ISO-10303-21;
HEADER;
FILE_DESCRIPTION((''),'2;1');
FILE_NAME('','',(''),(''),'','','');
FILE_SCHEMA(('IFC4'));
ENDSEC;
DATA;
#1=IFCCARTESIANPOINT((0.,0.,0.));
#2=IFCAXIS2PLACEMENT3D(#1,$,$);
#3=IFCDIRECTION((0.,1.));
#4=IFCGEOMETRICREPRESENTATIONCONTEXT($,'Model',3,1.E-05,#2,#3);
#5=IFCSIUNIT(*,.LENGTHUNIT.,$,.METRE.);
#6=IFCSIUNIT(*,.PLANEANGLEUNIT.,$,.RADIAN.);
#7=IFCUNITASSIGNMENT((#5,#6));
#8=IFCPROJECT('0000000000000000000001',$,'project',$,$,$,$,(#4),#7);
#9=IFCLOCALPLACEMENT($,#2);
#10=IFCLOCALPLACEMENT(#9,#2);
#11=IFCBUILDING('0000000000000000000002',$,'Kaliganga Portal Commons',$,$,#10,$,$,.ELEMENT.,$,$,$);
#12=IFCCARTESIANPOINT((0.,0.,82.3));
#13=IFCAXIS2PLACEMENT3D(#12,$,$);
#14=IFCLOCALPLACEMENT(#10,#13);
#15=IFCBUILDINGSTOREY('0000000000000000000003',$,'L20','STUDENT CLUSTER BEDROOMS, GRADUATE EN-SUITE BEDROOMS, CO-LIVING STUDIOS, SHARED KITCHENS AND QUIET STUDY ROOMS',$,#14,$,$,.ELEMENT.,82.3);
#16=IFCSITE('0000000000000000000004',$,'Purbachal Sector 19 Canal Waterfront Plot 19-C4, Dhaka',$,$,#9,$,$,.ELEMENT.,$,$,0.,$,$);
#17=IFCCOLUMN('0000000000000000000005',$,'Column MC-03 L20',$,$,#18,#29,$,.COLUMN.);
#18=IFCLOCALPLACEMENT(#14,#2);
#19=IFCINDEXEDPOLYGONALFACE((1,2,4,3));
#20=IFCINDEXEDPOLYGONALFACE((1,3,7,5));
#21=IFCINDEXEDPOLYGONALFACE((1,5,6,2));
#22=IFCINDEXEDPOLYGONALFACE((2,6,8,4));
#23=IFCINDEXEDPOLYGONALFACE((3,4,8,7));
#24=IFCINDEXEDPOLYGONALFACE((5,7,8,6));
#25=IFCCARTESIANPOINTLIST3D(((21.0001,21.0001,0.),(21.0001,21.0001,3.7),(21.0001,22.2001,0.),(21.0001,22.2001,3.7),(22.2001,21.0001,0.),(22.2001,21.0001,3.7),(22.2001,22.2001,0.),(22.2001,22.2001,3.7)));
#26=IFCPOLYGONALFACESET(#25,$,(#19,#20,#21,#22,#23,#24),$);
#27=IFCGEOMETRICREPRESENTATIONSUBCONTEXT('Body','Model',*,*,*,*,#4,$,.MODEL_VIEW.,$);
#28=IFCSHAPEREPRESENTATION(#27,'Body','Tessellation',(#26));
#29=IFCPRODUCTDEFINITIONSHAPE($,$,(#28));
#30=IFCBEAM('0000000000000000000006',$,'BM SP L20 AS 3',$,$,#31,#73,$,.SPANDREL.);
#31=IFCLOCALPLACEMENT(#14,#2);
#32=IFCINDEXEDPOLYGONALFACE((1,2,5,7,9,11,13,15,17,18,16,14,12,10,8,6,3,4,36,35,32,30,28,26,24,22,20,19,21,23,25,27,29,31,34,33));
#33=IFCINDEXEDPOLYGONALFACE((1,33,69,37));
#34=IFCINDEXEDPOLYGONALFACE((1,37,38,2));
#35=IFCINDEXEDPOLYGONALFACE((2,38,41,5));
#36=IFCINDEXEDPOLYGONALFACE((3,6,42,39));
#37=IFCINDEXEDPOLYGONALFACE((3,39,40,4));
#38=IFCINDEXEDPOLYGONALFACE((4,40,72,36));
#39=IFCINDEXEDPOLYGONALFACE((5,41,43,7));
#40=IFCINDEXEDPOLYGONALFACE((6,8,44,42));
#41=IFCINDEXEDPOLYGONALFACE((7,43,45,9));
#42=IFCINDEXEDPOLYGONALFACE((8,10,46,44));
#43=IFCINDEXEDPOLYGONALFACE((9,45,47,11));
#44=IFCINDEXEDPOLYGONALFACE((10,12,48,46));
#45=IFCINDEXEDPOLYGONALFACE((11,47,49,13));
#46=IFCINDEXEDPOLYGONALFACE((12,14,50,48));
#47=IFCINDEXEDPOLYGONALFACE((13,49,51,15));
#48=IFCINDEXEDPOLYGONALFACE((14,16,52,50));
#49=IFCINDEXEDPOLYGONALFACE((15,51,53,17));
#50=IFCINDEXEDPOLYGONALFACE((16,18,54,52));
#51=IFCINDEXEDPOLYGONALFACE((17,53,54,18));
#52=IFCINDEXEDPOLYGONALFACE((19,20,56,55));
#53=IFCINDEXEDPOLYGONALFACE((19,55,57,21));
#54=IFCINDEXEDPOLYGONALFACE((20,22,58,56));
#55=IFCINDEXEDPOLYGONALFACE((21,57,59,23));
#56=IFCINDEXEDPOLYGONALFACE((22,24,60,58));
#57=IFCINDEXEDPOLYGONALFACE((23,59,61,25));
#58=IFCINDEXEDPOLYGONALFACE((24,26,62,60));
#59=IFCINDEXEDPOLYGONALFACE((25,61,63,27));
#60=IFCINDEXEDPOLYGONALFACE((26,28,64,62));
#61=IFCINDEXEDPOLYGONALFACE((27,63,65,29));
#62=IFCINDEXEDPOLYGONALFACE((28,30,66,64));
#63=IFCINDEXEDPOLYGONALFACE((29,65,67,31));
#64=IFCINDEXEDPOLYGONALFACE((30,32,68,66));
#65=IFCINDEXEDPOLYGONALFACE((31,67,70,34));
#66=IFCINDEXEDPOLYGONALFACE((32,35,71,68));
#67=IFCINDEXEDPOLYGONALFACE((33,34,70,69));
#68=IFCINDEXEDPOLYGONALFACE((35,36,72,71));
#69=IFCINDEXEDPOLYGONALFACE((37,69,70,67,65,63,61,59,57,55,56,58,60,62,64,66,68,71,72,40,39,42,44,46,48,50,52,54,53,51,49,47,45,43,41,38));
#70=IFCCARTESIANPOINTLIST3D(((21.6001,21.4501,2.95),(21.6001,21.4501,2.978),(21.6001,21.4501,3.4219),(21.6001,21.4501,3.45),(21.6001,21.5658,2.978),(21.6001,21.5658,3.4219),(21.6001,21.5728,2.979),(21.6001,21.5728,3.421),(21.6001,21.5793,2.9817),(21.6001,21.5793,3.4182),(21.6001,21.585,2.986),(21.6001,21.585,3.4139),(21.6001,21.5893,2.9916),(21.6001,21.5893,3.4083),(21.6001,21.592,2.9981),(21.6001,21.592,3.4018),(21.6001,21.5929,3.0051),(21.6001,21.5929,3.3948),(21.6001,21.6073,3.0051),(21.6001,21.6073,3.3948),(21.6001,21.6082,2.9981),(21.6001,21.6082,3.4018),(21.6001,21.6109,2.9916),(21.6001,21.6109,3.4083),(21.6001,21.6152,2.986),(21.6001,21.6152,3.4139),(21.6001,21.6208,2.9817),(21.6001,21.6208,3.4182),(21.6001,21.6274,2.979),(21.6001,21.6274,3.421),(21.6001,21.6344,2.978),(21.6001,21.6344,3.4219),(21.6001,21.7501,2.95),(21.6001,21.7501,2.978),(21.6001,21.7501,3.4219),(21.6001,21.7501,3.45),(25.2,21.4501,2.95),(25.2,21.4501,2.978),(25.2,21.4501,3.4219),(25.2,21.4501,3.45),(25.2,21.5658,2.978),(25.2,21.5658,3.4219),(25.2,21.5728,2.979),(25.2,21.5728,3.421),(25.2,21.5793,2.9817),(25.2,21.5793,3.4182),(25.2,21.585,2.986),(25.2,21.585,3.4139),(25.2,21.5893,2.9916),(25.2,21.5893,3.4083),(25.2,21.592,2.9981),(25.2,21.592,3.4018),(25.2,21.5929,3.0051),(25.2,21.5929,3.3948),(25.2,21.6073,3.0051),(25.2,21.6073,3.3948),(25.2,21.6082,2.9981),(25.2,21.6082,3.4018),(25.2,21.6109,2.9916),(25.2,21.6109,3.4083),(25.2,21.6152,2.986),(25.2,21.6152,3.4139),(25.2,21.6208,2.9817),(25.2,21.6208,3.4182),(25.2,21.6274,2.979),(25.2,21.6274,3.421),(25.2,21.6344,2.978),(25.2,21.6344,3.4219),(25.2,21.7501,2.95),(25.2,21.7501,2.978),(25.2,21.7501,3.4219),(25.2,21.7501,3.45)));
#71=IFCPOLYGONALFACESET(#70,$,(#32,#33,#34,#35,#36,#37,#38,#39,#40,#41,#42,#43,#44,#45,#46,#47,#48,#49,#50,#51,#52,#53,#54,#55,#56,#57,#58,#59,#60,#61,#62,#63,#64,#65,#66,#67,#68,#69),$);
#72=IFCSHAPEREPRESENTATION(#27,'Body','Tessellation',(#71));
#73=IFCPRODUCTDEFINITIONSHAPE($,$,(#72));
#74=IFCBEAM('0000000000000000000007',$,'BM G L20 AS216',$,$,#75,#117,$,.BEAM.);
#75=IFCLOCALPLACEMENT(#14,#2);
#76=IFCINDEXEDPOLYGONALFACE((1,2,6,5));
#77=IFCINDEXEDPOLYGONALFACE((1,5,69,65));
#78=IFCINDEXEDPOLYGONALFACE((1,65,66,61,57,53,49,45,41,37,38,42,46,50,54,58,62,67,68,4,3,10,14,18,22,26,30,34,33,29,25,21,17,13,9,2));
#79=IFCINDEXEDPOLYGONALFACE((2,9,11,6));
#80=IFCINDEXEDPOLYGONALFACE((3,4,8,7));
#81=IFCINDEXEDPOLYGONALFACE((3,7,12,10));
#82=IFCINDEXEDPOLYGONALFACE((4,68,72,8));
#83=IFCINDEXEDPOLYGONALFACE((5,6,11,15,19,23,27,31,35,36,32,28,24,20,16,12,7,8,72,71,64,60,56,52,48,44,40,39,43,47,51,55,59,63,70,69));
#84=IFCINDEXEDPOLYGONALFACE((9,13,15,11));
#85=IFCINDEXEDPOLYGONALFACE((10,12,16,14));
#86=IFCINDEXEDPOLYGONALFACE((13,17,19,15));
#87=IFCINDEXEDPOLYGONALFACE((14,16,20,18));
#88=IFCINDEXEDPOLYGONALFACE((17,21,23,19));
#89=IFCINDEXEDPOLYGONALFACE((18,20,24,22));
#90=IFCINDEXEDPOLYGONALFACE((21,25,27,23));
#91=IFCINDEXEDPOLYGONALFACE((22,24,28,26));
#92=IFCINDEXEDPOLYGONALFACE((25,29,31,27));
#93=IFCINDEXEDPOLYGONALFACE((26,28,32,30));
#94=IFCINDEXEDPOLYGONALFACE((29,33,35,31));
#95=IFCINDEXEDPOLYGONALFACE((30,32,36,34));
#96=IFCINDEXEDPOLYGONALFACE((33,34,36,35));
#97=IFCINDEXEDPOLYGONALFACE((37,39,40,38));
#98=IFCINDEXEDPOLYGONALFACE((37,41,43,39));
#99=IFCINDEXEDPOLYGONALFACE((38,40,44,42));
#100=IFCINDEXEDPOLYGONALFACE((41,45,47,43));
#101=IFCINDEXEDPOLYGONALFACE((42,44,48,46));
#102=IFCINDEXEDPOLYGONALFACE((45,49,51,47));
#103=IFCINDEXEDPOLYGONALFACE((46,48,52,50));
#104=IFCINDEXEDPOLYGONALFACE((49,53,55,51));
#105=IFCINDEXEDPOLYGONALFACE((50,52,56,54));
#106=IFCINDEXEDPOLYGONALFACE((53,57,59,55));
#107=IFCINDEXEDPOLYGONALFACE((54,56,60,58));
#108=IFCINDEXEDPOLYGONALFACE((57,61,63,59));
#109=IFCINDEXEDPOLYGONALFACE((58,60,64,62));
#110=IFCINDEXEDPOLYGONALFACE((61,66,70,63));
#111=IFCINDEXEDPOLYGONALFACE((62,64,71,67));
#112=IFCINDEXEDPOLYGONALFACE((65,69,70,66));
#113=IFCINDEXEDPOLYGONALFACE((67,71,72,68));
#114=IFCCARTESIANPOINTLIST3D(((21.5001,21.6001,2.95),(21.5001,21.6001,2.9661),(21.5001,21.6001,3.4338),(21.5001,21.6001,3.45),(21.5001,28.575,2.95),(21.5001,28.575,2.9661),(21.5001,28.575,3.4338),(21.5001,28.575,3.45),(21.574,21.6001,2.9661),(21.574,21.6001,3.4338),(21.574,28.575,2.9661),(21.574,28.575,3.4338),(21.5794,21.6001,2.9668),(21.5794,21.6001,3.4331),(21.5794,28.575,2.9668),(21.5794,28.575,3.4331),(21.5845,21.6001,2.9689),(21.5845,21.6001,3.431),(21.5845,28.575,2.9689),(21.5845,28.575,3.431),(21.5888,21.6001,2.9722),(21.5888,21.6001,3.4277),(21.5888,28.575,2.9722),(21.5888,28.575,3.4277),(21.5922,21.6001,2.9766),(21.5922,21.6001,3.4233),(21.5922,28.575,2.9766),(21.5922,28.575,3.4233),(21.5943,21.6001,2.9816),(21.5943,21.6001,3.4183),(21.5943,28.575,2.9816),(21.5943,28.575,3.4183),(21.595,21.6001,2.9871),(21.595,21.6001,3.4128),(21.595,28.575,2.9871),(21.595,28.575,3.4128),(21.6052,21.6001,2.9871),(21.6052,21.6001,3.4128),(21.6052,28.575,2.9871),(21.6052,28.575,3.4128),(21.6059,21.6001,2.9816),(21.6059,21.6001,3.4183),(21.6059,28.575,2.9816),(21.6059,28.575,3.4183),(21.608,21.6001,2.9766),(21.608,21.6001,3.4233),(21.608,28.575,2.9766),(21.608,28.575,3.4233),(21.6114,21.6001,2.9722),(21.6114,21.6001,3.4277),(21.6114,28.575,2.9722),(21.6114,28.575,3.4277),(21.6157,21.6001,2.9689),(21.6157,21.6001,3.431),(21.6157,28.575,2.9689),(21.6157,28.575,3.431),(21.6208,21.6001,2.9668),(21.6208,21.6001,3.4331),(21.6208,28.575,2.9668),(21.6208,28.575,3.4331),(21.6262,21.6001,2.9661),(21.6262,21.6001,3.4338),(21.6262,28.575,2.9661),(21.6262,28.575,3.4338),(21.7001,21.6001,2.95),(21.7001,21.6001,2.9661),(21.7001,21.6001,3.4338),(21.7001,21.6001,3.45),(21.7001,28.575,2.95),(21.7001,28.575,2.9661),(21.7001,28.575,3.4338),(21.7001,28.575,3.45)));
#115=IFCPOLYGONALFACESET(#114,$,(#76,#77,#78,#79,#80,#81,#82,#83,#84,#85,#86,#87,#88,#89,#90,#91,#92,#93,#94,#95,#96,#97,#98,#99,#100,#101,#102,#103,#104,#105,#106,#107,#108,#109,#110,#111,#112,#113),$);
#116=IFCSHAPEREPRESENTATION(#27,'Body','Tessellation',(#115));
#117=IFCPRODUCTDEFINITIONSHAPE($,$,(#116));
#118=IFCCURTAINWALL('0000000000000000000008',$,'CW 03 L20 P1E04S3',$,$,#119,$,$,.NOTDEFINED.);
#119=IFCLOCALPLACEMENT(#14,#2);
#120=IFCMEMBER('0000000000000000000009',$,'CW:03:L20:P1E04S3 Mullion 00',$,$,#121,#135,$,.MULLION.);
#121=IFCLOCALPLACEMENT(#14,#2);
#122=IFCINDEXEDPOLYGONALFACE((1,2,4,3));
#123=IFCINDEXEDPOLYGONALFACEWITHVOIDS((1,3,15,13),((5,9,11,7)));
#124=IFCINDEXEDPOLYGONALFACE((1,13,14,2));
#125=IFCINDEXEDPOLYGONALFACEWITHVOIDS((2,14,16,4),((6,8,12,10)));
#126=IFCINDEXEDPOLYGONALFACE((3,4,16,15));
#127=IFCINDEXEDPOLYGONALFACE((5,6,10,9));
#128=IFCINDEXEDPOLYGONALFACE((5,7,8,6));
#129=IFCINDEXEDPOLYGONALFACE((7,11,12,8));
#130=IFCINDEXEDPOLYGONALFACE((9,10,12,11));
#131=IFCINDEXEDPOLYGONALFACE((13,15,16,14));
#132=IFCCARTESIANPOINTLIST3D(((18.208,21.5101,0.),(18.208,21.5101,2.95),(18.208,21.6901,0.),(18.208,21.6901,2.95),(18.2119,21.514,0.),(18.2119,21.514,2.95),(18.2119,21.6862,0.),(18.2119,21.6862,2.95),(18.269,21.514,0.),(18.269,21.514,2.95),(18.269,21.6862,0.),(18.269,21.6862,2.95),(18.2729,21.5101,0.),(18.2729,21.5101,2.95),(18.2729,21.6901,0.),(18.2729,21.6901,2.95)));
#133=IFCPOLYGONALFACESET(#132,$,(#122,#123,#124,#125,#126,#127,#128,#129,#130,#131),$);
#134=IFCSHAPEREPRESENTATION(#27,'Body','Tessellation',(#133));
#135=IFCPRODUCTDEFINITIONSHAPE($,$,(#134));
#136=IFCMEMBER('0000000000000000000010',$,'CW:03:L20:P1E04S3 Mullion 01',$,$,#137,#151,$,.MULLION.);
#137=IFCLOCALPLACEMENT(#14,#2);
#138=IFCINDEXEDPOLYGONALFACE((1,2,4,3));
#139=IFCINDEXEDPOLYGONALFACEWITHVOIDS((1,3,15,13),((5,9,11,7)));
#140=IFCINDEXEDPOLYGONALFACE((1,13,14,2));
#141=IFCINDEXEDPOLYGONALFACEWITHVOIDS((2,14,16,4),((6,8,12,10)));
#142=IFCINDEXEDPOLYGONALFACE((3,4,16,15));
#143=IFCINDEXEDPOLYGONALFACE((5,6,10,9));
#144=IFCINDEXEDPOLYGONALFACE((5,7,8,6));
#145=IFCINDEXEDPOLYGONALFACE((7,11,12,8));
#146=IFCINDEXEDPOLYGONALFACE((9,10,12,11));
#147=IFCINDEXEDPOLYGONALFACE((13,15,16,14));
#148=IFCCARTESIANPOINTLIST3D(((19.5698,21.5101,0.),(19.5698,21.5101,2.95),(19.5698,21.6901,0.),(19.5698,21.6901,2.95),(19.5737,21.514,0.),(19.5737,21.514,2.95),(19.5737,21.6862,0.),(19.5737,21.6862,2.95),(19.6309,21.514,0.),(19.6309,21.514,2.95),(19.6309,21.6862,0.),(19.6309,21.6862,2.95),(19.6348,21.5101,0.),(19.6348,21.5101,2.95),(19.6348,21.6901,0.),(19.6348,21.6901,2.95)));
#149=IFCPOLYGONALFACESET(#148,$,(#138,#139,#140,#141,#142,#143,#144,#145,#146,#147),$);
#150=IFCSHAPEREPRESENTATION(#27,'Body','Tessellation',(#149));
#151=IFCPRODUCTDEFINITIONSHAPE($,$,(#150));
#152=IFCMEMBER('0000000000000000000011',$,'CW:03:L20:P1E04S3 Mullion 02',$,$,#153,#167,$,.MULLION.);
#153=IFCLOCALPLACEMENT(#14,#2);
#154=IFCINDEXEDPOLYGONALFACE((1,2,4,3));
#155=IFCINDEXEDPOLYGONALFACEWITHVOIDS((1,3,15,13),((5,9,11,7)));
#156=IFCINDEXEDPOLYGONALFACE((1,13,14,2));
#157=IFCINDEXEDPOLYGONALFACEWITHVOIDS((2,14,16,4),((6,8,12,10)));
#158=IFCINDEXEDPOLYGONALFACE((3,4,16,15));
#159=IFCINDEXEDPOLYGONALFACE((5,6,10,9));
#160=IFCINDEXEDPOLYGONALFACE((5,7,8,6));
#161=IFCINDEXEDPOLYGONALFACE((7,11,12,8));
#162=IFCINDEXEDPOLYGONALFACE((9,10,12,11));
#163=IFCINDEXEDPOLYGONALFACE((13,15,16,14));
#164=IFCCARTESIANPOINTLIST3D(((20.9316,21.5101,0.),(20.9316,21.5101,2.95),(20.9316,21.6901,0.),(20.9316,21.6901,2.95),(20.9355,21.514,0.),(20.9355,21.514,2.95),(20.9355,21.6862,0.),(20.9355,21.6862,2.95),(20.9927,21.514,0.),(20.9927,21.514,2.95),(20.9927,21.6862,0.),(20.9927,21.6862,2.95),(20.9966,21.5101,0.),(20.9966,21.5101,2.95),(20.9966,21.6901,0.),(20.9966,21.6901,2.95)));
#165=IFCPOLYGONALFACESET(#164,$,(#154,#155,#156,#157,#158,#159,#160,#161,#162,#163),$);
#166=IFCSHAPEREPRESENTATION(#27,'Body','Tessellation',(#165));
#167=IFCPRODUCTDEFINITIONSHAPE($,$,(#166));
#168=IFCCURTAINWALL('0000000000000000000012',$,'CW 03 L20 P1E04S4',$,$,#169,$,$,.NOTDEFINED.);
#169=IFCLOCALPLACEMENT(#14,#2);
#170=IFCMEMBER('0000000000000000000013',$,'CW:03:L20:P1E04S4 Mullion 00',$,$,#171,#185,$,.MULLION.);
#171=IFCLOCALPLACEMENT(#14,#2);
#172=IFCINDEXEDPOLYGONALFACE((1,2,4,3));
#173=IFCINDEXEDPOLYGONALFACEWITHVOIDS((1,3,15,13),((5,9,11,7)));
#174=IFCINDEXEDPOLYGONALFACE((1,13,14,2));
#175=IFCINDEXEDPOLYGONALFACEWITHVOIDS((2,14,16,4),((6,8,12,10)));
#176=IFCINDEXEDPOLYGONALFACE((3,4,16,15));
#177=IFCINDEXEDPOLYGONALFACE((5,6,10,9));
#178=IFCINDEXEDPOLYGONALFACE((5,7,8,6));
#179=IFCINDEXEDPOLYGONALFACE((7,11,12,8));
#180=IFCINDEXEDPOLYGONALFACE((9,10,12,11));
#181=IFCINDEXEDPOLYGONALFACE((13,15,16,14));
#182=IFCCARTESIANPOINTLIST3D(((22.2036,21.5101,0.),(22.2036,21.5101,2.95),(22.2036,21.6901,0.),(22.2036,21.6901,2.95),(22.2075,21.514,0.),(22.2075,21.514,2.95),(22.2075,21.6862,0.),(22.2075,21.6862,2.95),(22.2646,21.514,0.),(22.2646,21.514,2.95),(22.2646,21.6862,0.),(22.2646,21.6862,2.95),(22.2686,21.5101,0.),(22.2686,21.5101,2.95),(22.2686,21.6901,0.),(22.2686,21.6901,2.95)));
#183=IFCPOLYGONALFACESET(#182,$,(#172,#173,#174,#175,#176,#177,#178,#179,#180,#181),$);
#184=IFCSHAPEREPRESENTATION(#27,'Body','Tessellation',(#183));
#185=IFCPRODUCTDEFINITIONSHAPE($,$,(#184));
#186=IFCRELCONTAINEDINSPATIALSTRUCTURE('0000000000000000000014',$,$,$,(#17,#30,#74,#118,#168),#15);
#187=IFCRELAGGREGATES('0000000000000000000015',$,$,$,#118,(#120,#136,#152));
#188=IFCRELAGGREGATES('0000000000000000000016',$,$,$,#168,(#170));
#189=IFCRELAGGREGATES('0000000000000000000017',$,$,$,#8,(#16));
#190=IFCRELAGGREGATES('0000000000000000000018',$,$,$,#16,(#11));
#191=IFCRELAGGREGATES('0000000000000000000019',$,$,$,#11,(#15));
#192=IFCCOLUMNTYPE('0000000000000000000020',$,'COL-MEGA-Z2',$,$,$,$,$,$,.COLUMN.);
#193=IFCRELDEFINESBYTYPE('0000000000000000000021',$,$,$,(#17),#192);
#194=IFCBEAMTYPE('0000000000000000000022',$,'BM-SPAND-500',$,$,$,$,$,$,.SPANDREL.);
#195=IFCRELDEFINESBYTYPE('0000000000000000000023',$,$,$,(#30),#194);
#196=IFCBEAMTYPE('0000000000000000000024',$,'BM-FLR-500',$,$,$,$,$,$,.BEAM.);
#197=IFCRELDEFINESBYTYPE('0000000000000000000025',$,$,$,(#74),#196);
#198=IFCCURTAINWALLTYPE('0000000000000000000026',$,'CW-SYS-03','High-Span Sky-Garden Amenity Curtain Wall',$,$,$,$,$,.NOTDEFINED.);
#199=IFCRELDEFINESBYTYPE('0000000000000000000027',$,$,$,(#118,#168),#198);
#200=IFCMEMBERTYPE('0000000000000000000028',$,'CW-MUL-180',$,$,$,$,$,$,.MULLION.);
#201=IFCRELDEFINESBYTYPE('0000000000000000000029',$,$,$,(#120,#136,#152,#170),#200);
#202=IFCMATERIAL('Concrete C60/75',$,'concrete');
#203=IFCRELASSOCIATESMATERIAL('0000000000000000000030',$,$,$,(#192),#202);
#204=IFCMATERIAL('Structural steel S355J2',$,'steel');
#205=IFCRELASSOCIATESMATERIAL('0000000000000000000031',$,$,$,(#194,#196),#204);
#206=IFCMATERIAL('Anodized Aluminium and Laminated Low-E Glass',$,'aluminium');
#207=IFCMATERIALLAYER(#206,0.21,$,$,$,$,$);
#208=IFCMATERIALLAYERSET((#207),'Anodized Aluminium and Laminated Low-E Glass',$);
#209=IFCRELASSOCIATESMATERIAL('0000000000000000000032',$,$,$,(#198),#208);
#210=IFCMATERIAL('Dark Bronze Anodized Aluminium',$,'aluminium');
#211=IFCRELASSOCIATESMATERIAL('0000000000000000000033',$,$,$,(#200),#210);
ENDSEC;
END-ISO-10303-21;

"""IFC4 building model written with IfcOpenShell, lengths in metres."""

from ifc_helpers import new_model, si_unit, direction, frame, origin, origin_2d, place, context, subcontext, project, spatial, rectangle, hollow_rectangle, i_section, extrude, source, transform, mapped, material, layer, layer_set, material_profile, profile_set, type_object, element, aggregate, save


model = new_model("IFC4")

# Units and contexts
model_context = context("Model", 3, precision=1e-05, world=origin(), true_north=direction((0.0, 1.0)))
body_context = subcontext(model_context, "Body", "Model", "MODEL_VIEW")
ifc_project = project(units=[si_unit("LENGTHUNIT", "METRE"), si_unit("PLANEANGLEUNIT", "RADIAN")], contexts=[model_context])

# Site, building, storey
site_placement = place(None, origin())
site = spatial("IfcSite", under=ifc_project, at=site_placement, Name="Purbachal Sector 19 Canal Waterfront Plot 19-C4, Dhaka", CompositionType="ELEMENT", RefElevation=0.0)
building_placement = place(site_placement, origin())
building = spatial("IfcBuilding", under=site, at=building_placement, Name="Kaliganga Portal Commons", CompositionType="ELEMENT")
storey_placement = place(building_placement, frame((0.0, 0.0, 82.3)))
storey = spatial("IfcBuildingStorey", under=building, at=storey_placement, Name="L20", Description="STUDENT CLUSTER BEDROOMS, GRADUATE EN-SUITE BEDROOMS, CO-LIVING STUDIOS, SHARED KITCHENS AND QUIET STUDY ROOMS", CompositionType="ELEMENT", Elevation=82.3)

# Column
ifc_material_1 = material(Name="Concrete C60/75", Category="concrete")
ifc_material_profile_1 = material_profile(ifc_material_1, rectangle(XDim=1.2, YDim=1.2, at=origin_2d()), Name="RC 1200x1200")
ifc_profile_set_1 = profile_set([ifc_material_profile_1], Name="Concrete C60/75")
column_type = type_object("IfcColumnType", Name="COL-MEGA-Z2", PredefinedType="COLUMN", material=ifc_profile_set_1)
shared_shape_1 = source(origin(), body_context, "Body", "SweptSolid", [
    extrude(rectangle(XDim=1.2, YDim=1.2, at=origin_2d()), origin(), (0.0, 0.0, 1.0), 3.7),
])
column_placement = place(storey_placement, frame((21.6001, 21.6001, 0.0), z_axis=(0.0, 0.0, 1.0), x_axis=(1.0, 0.0, 0.0)))
element("IfcColumn", 1, at=column_placement, inside=storey, type_object=column_type, Name="Column MC-03 L20", PredefinedType="COLUMN", context=body_context, shape_type="MappedRepresentation", body=[
    mapped(shared_shape_1, transform((0.0, 0.0, 0.0), x_axis=(1.0, 0.0, 0.0), y_axis=(0.0, 1.0, 0.0), z_axis=(0.0, 0.0, 1.0), scale=1.0)),
])

# Beams
ifc_material_2 = material(Name="Structural steel S355J2", Category="steel")
ifc_material_profile_2 = material_profile(ifc_material_2, i_section(OverallWidth=0.3, OverallDepth=0.5, WebThickness=0.0144, FlangeThickness=0.0281, FilletRadius=0.0271, at=origin_2d()), Name="HE 500 B")
ifc_profile_set_2 = profile_set([ifc_material_profile_2], Name="Structural steel S355J2 wide-flange")
beam_type_1 = type_object("IfcBeamType", Name="BM-SPAND-500", PredefinedType="SPANDREL", material=ifc_profile_set_2)
shared_shape_2 = source(origin(), body_context, "Body", "SweptSolid", [
    extrude(i_section(OverallWidth=0.3, OverallDepth=0.5, WebThickness=0.0144, FlangeThickness=0.0281, FilletRadius=0.0271, at=origin_2d()), origin(), (0.0, 0.0, 1.0), 3.5999),
])
beam_1_placement = place(storey_placement, frame((21.6001, 21.6001, 3.2), z_axis=(1.0, 0.0, 0.0), x_axis=(0.0, 1.0, 0.0)))
element("IfcBeam", 2, at=beam_1_placement, inside=storey, type_object=beam_type_1, Name="BM SP L20 AS 3", PredefinedType="SPANDREL", context=body_context, shape_type="MappedRepresentation", body=[
    mapped(shared_shape_2, transform((0.0, 0.0, 0.0), x_axis=(1.0, 0.0, 0.0), y_axis=(0.0, 1.0, 0.0), z_axis=(0.0, 0.0, 1.0), scale=1.0)),
])
ifc_material_profile_3 = material_profile(ifc_material_2, i_section(OverallWidth=0.2, OverallDepth=0.5, WebThickness=0.0103, FlangeThickness=0.0161, FilletRadius=0.021, at=origin_2d()), Name="IPE 500")
ifc_profile_set_3 = profile_set([ifc_material_profile_3], Name="Structural steel S355J2 wide-flange")
beam_type_2 = type_object("IfcBeamType", Name="BM-FLR-500", PredefinedType="BEAM", material=ifc_profile_set_3)
shared_shape_3 = source(origin(), body_context, "Body", "SweptSolid", [
    extrude(i_section(OverallWidth=0.2, OverallDepth=0.5, WebThickness=0.0103, FlangeThickness=0.0161, FilletRadius=0.021, at=origin_2d()), origin(), (0.0, 0.0, 1.0), 6.9749),
])
beam_2_placement = place(storey_placement, frame((21.6001, 21.6001, 3.2), z_axis=(0.0, 1.0, 0.0), x_axis=(-1.0, 0.0, 0.0)))
element("IfcBeam", 3, at=beam_2_placement, inside=storey, type_object=beam_type_2, Name="BM G L20 AS216", PredefinedType="BEAM", context=body_context, shape_type="MappedRepresentation", body=[
    mapped(shared_shape_3, transform((0.0, 0.0, 0.0), x_axis=(1.0, 0.0, 0.0), y_axis=(0.0, 1.0, 0.0), z_axis=(0.0, 0.0, 1.0), scale=1.0)),
])

# Curtain walls, members
ifc_material_3 = material(Name="Anodized Aluminium and Laminated Low-E Glass", Category="aluminium")
ifc_layer_1 = layer(ifc_material_3, 0.21)
ifc_layer_set_1 = layer_set([ifc_layer_1], Name="Anodized Aluminium and Laminated Low-E Glass")
curtain_wall_type = type_object("IfcCurtainWallType", Name="CW-SYS-03", Description="High-Span Sky-Garden Amenity Curtain Wall", PredefinedType="NOTDEFINED", material=ifc_layer_set_1)
curtain_wall_1_placement = place(storey_placement, origin())
curtain_wall_1 = element("IfcCurtainWall", 4, at=curtain_wall_1_placement, inside=storey, type_object=curtain_wall_type, Name="CW 03 L20 P1E04S3", PredefinedType="NOTDEFINED")
ifc_material_4 = material(Name="Dark Bronze Anodized Aluminium", Category="aluminium")
ifc_material_profile_4 = material_profile(ifc_material_4, hollow_rectangle(XDim=0.0649, YDim=0.1799, WallThickness=0.0039, at=origin_2d()), Name="ALU MULL 65x180x4")
ifc_profile_set_4 = profile_set([ifc_material_profile_4], Name="Dark Bronze Anodized Aluminium")
member_type_1 = type_object("IfcMemberType", Name="CW-MUL-180", PredefinedType="MULLION", material=ifc_profile_set_4)
shared_shape_4 = source(origin(), body_context, "Body", "SweptSolid", [
    extrude(hollow_rectangle(XDim=0.0649, YDim=0.1799, WallThickness=0.0039, at=origin_2d()), origin(), (0.0, 0.0, 1.0), 2.95),
])
member_1_placement = place(storey_placement, frame((18.2405, 21.6001, 0.0), z_axis=(0.0, 0.0, 1.0), x_axis=(1.0, 0.0, 0.0)))
member_1 = element("IfcMember", 5, at=member_1_placement, type_object=member_type_1, Name="CW:03:L20:P1E04S3 Mullion 00", PredefinedType="MULLION", context=body_context, shape_type="MappedRepresentation", body=[
    mapped(shared_shape_4, transform((0.0, 0.0, 0.0), x_axis=(1.0, 0.0, 0.0), y_axis=(0.0, 1.0, 0.0), z_axis=(0.0, 0.0, 1.0), scale=1.0)),
])
member_2_placement = place(storey_placement, frame((19.6023, 21.6001, 0.0), z_axis=(0.0, 0.0, 1.0), x_axis=(1.0, 0.0, 0.0)))
member_2 = element("IfcMember", 6, at=member_2_placement, type_object=member_type_1, Name="CW:03:L20:P1E04S3 Mullion 01", PredefinedType="MULLION", context=body_context, shape_type="MappedRepresentation", body=[
    mapped(shared_shape_4, transform((0.0, 0.0, 0.0), x_axis=(1.0, 0.0, 0.0), y_axis=(0.0, 1.0, 0.0), z_axis=(0.0, 0.0, 1.0), scale=1.0)),
])
member_3_placement = place(storey_placement, frame((20.9641, 21.6001, 0.0), z_axis=(0.0, 0.0, 1.0), x_axis=(1.0, 0.0, 0.0)))
member_3 = element("IfcMember", 7, at=member_3_placement, type_object=member_type_1, Name="CW:03:L20:P1E04S3 Mullion 02", PredefinedType="MULLION", context=body_context, shape_type="MappedRepresentation", body=[
    mapped(shared_shape_4, transform((0.0, 0.0, 0.0), x_axis=(1.0, 0.0, 0.0), y_axis=(0.0, 1.0, 0.0), z_axis=(0.0, 0.0, 1.0), scale=1.0)),
])
curtain_wall_2_placement = place(storey_placement, origin())
curtain_wall_2 = element("IfcCurtainWall", 8, at=curtain_wall_2_placement, inside=storey, type_object=curtain_wall_type, Name="CW 03 L20 P1E04S4", PredefinedType="NOTDEFINED")
member_4_placement = place(storey_placement, frame((22.2361, 21.6001, 0.0), z_axis=(0.0, 0.0, 1.0), x_axis=(1.0, 0.0, 0.0)))
member_4 = element("IfcMember", 9, at=member_4_placement, type_object=member_type_1, Name="CW:03:L20:P1E04S4 Mullion 00", PredefinedType="MULLION", context=body_context, shape_type="MappedRepresentation", body=[
    mapped(shared_shape_4, transform((0.0, 0.0, 0.0), x_axis=(1.0, 0.0, 0.0), y_axis=(0.0, 1.0, 0.0), z_axis=(0.0, 0.0, 1.0), scale=1.0)),
])

aggregate(curtain_wall_1, [member_1, member_2, member_3])
aggregate(curtain_wall_2, [member_4])

save(model, "model.ifc")
